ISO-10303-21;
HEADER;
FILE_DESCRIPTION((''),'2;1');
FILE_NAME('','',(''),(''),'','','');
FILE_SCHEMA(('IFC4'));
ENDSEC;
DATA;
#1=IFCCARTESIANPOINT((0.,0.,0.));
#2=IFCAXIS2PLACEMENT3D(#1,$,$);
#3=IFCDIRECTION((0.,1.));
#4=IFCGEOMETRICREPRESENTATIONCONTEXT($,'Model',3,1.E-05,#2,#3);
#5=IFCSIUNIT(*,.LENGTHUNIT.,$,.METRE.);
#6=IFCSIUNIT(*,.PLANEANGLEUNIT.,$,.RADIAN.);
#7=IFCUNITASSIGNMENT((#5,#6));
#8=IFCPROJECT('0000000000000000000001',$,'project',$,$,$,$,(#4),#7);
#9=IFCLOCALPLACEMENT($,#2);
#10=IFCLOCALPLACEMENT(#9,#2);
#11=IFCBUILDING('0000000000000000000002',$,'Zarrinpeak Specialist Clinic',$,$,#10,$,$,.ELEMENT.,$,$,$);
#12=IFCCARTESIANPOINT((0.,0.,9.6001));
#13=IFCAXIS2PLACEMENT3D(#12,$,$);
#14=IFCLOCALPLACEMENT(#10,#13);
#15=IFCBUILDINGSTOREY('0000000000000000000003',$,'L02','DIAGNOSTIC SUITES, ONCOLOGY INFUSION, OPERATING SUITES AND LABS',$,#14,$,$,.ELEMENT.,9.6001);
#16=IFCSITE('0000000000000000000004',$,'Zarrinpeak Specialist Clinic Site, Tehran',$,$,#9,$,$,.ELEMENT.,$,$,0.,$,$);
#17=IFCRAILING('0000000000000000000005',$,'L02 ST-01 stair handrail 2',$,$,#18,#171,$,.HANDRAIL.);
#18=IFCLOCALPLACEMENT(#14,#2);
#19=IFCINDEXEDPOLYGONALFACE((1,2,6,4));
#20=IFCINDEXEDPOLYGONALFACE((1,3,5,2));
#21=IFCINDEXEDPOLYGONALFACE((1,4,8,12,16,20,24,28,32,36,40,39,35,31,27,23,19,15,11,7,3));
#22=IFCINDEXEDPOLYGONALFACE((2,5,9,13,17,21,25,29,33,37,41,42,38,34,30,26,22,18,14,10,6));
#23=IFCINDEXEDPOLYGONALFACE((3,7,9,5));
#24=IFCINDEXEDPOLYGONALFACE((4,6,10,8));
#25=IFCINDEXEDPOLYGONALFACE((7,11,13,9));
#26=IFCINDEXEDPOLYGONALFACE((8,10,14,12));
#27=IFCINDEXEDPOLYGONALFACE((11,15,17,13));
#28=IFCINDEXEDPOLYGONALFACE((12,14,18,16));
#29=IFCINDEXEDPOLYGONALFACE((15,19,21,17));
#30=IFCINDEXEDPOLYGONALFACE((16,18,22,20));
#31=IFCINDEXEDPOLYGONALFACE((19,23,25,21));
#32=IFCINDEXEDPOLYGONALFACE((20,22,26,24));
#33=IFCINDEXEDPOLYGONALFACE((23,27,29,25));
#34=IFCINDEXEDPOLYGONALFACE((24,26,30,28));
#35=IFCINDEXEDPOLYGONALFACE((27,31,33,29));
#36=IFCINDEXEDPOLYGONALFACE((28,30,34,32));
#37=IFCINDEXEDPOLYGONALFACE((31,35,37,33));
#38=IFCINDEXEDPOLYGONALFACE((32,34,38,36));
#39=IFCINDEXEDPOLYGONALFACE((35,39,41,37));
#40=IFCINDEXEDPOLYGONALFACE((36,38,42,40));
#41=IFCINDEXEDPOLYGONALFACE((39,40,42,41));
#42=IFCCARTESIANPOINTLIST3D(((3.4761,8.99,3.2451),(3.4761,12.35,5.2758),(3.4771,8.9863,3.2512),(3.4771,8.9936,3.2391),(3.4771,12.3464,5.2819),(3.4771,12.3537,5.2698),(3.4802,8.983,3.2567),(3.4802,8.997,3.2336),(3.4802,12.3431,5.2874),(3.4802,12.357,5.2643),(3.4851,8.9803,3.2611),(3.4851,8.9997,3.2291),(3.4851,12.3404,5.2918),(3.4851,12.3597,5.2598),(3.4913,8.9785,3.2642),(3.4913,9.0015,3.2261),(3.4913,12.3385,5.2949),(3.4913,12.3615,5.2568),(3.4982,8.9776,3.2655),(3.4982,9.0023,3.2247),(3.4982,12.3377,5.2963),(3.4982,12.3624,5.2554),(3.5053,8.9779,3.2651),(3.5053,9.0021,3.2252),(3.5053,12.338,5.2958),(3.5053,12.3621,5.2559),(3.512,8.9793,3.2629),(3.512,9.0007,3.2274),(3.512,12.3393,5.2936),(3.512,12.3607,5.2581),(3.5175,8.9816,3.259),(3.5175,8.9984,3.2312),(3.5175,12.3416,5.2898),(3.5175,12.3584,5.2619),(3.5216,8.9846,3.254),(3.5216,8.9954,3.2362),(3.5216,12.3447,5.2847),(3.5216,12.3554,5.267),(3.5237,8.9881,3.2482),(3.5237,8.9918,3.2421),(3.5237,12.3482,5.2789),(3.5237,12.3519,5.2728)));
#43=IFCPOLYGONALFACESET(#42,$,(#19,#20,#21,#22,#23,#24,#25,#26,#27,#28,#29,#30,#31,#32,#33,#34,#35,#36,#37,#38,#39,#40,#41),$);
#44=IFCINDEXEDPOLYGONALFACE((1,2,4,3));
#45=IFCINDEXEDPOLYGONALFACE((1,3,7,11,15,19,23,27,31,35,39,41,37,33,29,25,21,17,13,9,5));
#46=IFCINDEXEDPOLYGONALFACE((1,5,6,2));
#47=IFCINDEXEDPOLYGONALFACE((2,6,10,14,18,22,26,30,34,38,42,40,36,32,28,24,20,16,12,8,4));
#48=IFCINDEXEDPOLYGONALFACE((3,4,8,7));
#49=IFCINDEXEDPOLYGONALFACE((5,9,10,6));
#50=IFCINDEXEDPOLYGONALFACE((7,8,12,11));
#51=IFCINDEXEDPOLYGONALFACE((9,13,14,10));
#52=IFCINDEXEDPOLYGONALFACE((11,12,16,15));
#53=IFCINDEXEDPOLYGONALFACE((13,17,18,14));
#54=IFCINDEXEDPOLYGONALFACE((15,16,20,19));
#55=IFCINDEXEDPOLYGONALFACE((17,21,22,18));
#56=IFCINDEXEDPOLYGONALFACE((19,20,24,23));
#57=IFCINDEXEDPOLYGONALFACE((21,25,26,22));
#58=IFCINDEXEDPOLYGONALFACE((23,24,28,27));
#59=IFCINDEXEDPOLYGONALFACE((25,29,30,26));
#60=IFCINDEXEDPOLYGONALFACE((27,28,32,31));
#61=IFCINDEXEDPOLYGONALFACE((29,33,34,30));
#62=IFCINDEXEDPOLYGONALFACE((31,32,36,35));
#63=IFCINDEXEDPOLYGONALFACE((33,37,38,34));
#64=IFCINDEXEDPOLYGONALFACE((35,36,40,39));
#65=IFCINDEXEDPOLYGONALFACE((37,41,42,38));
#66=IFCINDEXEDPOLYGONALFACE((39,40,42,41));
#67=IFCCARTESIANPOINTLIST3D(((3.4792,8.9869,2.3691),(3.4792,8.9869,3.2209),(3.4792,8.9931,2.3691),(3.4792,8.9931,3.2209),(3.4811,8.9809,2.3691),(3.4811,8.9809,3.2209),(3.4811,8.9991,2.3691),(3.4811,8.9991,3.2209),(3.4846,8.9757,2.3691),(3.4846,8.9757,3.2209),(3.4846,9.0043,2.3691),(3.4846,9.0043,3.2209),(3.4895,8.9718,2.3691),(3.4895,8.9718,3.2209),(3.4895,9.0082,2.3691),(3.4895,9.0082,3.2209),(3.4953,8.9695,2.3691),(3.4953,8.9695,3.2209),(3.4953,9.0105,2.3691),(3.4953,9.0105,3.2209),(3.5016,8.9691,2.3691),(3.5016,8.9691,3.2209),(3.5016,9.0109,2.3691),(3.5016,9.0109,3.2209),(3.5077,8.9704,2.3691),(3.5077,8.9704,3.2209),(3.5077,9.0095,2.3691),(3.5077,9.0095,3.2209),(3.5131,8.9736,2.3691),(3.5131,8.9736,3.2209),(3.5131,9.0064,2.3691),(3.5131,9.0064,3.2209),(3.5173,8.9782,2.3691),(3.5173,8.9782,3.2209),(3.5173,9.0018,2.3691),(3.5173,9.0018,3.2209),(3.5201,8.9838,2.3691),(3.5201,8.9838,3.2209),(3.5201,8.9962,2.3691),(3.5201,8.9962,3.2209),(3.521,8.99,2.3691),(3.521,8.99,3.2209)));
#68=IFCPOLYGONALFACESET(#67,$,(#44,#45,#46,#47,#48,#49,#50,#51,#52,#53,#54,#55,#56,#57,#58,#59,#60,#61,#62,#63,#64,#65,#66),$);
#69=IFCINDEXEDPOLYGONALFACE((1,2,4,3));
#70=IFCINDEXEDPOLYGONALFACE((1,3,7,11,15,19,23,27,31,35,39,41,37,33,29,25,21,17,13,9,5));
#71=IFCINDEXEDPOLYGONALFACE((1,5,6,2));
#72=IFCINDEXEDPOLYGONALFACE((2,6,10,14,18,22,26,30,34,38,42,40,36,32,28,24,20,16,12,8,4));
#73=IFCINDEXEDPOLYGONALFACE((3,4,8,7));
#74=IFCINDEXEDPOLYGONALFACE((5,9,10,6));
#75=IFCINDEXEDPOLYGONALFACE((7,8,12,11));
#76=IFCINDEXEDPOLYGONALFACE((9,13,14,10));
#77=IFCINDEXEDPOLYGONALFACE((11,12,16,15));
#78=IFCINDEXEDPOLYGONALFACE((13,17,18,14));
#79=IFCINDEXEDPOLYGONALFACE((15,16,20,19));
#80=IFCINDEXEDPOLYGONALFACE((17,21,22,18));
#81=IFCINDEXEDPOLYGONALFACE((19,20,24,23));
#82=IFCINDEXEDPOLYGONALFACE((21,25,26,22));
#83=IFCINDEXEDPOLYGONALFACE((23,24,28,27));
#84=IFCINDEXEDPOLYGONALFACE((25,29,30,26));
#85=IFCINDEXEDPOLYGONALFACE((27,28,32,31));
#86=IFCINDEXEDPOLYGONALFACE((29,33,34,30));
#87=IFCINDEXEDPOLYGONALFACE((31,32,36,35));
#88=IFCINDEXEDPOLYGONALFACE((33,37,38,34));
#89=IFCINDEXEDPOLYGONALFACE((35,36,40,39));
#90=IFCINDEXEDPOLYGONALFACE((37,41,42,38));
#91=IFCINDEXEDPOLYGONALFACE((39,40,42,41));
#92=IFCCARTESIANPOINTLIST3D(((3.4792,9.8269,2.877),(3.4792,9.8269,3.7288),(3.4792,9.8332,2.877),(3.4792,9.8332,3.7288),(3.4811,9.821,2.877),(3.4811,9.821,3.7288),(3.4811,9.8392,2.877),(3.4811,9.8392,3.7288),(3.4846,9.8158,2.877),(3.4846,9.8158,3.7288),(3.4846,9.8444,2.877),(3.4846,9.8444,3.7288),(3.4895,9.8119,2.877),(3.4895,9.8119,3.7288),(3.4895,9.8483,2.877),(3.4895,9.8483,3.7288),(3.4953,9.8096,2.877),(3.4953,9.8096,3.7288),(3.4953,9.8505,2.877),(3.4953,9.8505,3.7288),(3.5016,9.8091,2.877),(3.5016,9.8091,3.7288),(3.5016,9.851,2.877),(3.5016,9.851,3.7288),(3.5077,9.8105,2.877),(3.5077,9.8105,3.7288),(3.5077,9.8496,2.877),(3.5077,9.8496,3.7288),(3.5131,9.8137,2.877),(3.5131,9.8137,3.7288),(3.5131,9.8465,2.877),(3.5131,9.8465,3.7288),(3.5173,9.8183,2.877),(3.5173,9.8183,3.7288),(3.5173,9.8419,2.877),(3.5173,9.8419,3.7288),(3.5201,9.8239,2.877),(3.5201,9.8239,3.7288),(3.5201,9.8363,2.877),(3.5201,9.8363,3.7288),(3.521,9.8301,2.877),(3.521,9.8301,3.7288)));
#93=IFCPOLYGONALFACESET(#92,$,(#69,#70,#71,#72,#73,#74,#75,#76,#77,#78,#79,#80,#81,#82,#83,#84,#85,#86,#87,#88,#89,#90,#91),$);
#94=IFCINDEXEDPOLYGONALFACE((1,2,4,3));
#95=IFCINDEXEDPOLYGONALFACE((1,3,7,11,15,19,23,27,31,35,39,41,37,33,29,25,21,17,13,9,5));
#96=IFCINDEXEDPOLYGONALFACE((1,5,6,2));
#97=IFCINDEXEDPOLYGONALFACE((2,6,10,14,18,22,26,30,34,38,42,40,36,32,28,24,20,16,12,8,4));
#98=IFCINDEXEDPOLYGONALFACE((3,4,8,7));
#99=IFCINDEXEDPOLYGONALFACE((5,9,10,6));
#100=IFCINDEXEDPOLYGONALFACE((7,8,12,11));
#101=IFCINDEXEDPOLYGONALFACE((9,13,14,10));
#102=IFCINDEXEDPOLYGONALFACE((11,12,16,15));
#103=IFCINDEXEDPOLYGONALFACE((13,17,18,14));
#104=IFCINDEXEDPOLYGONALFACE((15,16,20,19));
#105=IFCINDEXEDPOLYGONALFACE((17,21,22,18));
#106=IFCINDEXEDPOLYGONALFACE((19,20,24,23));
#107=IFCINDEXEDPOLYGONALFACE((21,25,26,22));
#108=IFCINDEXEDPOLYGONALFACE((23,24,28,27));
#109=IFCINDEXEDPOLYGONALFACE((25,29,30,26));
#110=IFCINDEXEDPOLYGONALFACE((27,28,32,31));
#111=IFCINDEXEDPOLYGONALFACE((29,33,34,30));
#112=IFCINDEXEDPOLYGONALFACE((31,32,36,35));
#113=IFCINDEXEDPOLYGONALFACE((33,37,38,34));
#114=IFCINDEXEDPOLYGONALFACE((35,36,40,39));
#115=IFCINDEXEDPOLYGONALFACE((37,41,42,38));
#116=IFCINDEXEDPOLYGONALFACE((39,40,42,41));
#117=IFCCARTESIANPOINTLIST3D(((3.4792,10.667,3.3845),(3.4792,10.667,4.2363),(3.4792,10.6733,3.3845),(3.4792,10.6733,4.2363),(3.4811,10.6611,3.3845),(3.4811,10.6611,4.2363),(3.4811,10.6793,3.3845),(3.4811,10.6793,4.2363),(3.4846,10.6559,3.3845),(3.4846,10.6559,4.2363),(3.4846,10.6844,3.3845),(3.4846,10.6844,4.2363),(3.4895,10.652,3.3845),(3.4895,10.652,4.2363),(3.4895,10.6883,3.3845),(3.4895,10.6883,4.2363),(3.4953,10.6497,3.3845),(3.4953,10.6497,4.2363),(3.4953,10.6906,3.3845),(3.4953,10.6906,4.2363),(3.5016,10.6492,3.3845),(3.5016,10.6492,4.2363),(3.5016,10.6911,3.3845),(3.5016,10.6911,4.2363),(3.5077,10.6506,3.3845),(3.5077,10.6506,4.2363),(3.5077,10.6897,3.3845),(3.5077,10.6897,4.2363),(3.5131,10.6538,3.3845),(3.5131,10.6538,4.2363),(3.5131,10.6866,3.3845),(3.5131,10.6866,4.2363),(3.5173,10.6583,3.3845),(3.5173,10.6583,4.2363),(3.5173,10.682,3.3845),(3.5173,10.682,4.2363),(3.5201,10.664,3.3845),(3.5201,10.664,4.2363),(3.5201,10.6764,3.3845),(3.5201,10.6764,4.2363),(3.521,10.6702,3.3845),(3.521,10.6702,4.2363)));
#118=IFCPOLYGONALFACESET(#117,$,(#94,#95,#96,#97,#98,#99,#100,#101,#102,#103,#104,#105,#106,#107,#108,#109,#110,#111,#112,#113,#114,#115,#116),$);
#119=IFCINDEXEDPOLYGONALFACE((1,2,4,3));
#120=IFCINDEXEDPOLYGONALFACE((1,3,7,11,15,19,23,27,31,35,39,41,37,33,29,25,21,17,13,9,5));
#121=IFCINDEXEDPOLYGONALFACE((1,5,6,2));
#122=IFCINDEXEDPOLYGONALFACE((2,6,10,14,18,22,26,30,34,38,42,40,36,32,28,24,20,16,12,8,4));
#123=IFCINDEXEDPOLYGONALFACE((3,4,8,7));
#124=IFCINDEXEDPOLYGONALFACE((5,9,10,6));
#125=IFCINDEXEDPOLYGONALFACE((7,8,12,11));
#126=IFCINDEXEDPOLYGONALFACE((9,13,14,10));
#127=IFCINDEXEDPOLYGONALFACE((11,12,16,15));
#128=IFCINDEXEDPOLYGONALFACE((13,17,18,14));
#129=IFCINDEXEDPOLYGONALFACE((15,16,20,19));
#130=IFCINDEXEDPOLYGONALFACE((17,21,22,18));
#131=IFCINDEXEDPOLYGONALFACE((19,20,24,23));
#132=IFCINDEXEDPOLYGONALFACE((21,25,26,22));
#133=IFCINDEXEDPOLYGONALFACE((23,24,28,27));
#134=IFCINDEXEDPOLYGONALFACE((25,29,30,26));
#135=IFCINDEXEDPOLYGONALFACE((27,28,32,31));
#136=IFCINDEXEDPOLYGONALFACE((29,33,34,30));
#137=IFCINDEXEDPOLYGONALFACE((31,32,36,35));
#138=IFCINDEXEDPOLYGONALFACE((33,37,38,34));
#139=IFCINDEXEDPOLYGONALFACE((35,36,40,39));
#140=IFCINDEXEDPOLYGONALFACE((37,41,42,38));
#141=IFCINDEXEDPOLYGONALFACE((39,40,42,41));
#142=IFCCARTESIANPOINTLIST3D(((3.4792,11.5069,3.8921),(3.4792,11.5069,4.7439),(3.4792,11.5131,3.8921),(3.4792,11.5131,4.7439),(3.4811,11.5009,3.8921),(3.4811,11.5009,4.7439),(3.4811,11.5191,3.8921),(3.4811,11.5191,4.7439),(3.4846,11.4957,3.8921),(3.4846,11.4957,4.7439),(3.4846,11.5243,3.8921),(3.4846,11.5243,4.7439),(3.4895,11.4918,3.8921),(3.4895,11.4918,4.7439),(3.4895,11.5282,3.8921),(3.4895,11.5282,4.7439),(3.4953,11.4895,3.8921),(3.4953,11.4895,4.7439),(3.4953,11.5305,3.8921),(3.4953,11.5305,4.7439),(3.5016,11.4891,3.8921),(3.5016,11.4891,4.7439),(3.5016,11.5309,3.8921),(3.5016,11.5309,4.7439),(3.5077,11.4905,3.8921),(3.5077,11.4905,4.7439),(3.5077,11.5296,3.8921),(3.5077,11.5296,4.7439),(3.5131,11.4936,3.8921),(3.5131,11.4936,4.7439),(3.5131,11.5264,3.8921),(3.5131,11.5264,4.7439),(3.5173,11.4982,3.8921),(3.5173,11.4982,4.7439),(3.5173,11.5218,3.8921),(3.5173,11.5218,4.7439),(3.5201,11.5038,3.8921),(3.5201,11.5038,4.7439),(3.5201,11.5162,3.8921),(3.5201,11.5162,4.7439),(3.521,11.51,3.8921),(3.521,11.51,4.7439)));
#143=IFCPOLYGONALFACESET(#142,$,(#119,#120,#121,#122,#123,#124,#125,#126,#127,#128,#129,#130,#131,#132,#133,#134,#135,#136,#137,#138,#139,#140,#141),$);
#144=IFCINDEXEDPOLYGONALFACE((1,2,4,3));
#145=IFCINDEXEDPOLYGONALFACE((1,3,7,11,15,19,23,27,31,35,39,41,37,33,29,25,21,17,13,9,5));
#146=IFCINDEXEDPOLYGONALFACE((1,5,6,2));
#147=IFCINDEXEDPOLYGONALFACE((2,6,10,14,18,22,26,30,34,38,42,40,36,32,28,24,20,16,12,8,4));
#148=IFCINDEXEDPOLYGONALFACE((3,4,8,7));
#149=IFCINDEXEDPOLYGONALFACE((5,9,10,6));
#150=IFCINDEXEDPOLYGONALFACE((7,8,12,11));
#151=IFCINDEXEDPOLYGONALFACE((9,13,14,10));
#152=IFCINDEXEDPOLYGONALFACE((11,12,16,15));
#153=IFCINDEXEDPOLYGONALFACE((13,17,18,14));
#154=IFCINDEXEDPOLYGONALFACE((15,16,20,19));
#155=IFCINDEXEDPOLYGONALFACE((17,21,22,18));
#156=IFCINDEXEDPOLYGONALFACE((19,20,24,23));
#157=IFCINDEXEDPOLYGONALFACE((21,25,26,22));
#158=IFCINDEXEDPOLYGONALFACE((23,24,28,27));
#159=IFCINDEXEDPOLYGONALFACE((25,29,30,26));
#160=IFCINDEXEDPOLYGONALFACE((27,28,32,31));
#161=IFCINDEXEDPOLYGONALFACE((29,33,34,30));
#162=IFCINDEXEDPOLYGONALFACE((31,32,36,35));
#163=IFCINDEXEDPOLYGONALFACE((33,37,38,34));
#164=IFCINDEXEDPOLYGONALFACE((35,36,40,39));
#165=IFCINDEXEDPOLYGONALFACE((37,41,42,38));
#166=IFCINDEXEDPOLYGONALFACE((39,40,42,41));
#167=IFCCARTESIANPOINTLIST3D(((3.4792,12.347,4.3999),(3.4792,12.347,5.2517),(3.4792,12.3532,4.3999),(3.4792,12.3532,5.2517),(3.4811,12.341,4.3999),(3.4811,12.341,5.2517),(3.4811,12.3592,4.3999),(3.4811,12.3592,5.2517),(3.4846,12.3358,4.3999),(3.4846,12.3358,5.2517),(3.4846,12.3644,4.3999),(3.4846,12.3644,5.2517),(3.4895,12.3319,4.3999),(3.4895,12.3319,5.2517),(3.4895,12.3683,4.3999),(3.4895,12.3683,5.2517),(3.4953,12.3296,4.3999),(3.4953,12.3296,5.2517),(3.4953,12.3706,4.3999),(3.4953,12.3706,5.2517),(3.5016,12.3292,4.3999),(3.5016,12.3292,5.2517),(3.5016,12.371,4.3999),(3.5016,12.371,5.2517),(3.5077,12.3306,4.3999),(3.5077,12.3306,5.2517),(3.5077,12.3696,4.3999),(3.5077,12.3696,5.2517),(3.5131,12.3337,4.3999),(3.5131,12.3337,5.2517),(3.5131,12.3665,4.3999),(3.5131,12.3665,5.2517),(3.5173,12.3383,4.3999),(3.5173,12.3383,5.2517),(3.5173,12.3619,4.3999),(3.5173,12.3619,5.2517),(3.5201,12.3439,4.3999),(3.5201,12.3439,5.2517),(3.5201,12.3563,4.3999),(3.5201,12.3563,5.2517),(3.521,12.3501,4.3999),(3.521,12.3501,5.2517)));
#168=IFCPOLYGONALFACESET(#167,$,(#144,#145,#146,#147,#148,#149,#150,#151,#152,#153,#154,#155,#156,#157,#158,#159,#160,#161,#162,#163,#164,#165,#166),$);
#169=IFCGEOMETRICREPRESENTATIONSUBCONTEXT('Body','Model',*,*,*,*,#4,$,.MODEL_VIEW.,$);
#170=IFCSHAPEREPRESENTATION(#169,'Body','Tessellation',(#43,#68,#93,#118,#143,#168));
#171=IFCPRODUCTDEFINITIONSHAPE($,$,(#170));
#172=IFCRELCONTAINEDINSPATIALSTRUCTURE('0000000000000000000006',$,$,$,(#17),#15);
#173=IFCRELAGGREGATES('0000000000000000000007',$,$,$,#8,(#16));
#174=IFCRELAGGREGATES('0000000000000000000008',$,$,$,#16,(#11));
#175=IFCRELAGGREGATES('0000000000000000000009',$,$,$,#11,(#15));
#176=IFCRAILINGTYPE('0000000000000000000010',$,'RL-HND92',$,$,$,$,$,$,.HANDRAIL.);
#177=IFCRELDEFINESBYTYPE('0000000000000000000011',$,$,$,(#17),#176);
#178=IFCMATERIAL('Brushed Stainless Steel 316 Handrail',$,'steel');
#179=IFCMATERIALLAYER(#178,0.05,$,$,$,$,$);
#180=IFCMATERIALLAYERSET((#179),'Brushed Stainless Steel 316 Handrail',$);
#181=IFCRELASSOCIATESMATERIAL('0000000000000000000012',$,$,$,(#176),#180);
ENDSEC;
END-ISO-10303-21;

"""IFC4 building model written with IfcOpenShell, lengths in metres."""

from ifc_helpers import new_model, si_unit, direction, frame, origin, origin_2d, place, context, subcontext, project, spatial, circle, extrude, material, layer, layer_set, type_object, element, save


model = new_model("IFC4")

# Units and contexts
model_context = context("Model", 3, precision=1e-05, world=origin(), true_north=direction((0.0, 1.0)))
body_context = subcontext(model_context, "Body", "Model", "MODEL_VIEW")
ifc_project = project(units=[si_unit("LENGTHUNIT", "METRE"), si_unit("PLANEANGLEUNIT", "RADIAN")], contexts=[model_context])

# Site, building, storey
site_placement = place(None, origin())
site = spatial("IfcSite", under=ifc_project, at=site_placement, Name="Zarrinpeak Specialist Clinic Site, Tehran", CompositionType="ELEMENT", RefElevation=0.0)
building_placement = place(site_placement, origin())
building = spatial("IfcBuilding", under=site, at=building_placement, Name="Zarrinpeak Specialist Clinic", CompositionType="ELEMENT")
storey_placement = place(building_placement, frame((0.0, 0.0, 9.6001)))
storey = spatial("IfcBuildingStorey", under=building, at=storey_placement, Name="L02", Description="DIAGNOSTIC SUITES, ONCOLOGY INFUSION, OPERATING SUITES AND LABS", CompositionType="ELEMENT", Elevation=9.6001)

# Railing
ifc_material_1 = material(Name="Brushed Stainless Steel 316 Handrail", Category="steel")
ifc_layer_1 = layer(ifc_material_1, 0.05)
ifc_layer_set_1 = layer_set([ifc_layer_1], Name="Brushed Stainless Steel 316 Handrail")
railing_type_1 = type_object("IfcRailingType", Name="RL-HND92", PredefinedType="HANDRAIL", material=ifc_layer_set_1)
railing_1_placement = place(storey_placement, frame((3.5, 8.99, 2.3691)))
element("IfcRailing", 1, at=railing_1_placement, inside=storey, type_object=railing_type_1, Name="L02 ST-01 stair handrail 2", PredefinedType="HANDRAIL", context=body_context, shape_type="SweptSolid", body=[
    extrude(circle(Radius=0.0239, at=origin_2d()), frame((0.0, 0.0, 0.876), z_axis=(0.0, 0.855837, 0.517246), x_axis=(-1.0, 0.0, 0.0)), (0.0, 0.0, 1.0), 3.926),
    extrude(circle(Radius=0.021, at=origin_2d()), origin(), (0.0, 0.0, 1.0), 0.8518),
    extrude(circle(Radius=0.021, at=origin_2d()), frame((0.0, 0.8401, 0.5078)), (0.0, 0.0, 1.0), 0.8518),
    extrude(circle(Radius=0.021, at=origin_2d()), frame((0.0, 1.6802, 1.0154)), (0.0, 0.0, 1.0), 0.8518),
    extrude(circle(Radius=0.021, at=origin_2d()), frame((0.0, 2.52, 1.5229)), (0.0, 0.0, 1.0), 0.8518),
    extrude(circle(Radius=0.021, at=origin_2d()), frame((0.0, 3.3601, 2.0308)), (0.0, 0.0, 1.0), 0.8518),
])

save(model, "model.ifc")
